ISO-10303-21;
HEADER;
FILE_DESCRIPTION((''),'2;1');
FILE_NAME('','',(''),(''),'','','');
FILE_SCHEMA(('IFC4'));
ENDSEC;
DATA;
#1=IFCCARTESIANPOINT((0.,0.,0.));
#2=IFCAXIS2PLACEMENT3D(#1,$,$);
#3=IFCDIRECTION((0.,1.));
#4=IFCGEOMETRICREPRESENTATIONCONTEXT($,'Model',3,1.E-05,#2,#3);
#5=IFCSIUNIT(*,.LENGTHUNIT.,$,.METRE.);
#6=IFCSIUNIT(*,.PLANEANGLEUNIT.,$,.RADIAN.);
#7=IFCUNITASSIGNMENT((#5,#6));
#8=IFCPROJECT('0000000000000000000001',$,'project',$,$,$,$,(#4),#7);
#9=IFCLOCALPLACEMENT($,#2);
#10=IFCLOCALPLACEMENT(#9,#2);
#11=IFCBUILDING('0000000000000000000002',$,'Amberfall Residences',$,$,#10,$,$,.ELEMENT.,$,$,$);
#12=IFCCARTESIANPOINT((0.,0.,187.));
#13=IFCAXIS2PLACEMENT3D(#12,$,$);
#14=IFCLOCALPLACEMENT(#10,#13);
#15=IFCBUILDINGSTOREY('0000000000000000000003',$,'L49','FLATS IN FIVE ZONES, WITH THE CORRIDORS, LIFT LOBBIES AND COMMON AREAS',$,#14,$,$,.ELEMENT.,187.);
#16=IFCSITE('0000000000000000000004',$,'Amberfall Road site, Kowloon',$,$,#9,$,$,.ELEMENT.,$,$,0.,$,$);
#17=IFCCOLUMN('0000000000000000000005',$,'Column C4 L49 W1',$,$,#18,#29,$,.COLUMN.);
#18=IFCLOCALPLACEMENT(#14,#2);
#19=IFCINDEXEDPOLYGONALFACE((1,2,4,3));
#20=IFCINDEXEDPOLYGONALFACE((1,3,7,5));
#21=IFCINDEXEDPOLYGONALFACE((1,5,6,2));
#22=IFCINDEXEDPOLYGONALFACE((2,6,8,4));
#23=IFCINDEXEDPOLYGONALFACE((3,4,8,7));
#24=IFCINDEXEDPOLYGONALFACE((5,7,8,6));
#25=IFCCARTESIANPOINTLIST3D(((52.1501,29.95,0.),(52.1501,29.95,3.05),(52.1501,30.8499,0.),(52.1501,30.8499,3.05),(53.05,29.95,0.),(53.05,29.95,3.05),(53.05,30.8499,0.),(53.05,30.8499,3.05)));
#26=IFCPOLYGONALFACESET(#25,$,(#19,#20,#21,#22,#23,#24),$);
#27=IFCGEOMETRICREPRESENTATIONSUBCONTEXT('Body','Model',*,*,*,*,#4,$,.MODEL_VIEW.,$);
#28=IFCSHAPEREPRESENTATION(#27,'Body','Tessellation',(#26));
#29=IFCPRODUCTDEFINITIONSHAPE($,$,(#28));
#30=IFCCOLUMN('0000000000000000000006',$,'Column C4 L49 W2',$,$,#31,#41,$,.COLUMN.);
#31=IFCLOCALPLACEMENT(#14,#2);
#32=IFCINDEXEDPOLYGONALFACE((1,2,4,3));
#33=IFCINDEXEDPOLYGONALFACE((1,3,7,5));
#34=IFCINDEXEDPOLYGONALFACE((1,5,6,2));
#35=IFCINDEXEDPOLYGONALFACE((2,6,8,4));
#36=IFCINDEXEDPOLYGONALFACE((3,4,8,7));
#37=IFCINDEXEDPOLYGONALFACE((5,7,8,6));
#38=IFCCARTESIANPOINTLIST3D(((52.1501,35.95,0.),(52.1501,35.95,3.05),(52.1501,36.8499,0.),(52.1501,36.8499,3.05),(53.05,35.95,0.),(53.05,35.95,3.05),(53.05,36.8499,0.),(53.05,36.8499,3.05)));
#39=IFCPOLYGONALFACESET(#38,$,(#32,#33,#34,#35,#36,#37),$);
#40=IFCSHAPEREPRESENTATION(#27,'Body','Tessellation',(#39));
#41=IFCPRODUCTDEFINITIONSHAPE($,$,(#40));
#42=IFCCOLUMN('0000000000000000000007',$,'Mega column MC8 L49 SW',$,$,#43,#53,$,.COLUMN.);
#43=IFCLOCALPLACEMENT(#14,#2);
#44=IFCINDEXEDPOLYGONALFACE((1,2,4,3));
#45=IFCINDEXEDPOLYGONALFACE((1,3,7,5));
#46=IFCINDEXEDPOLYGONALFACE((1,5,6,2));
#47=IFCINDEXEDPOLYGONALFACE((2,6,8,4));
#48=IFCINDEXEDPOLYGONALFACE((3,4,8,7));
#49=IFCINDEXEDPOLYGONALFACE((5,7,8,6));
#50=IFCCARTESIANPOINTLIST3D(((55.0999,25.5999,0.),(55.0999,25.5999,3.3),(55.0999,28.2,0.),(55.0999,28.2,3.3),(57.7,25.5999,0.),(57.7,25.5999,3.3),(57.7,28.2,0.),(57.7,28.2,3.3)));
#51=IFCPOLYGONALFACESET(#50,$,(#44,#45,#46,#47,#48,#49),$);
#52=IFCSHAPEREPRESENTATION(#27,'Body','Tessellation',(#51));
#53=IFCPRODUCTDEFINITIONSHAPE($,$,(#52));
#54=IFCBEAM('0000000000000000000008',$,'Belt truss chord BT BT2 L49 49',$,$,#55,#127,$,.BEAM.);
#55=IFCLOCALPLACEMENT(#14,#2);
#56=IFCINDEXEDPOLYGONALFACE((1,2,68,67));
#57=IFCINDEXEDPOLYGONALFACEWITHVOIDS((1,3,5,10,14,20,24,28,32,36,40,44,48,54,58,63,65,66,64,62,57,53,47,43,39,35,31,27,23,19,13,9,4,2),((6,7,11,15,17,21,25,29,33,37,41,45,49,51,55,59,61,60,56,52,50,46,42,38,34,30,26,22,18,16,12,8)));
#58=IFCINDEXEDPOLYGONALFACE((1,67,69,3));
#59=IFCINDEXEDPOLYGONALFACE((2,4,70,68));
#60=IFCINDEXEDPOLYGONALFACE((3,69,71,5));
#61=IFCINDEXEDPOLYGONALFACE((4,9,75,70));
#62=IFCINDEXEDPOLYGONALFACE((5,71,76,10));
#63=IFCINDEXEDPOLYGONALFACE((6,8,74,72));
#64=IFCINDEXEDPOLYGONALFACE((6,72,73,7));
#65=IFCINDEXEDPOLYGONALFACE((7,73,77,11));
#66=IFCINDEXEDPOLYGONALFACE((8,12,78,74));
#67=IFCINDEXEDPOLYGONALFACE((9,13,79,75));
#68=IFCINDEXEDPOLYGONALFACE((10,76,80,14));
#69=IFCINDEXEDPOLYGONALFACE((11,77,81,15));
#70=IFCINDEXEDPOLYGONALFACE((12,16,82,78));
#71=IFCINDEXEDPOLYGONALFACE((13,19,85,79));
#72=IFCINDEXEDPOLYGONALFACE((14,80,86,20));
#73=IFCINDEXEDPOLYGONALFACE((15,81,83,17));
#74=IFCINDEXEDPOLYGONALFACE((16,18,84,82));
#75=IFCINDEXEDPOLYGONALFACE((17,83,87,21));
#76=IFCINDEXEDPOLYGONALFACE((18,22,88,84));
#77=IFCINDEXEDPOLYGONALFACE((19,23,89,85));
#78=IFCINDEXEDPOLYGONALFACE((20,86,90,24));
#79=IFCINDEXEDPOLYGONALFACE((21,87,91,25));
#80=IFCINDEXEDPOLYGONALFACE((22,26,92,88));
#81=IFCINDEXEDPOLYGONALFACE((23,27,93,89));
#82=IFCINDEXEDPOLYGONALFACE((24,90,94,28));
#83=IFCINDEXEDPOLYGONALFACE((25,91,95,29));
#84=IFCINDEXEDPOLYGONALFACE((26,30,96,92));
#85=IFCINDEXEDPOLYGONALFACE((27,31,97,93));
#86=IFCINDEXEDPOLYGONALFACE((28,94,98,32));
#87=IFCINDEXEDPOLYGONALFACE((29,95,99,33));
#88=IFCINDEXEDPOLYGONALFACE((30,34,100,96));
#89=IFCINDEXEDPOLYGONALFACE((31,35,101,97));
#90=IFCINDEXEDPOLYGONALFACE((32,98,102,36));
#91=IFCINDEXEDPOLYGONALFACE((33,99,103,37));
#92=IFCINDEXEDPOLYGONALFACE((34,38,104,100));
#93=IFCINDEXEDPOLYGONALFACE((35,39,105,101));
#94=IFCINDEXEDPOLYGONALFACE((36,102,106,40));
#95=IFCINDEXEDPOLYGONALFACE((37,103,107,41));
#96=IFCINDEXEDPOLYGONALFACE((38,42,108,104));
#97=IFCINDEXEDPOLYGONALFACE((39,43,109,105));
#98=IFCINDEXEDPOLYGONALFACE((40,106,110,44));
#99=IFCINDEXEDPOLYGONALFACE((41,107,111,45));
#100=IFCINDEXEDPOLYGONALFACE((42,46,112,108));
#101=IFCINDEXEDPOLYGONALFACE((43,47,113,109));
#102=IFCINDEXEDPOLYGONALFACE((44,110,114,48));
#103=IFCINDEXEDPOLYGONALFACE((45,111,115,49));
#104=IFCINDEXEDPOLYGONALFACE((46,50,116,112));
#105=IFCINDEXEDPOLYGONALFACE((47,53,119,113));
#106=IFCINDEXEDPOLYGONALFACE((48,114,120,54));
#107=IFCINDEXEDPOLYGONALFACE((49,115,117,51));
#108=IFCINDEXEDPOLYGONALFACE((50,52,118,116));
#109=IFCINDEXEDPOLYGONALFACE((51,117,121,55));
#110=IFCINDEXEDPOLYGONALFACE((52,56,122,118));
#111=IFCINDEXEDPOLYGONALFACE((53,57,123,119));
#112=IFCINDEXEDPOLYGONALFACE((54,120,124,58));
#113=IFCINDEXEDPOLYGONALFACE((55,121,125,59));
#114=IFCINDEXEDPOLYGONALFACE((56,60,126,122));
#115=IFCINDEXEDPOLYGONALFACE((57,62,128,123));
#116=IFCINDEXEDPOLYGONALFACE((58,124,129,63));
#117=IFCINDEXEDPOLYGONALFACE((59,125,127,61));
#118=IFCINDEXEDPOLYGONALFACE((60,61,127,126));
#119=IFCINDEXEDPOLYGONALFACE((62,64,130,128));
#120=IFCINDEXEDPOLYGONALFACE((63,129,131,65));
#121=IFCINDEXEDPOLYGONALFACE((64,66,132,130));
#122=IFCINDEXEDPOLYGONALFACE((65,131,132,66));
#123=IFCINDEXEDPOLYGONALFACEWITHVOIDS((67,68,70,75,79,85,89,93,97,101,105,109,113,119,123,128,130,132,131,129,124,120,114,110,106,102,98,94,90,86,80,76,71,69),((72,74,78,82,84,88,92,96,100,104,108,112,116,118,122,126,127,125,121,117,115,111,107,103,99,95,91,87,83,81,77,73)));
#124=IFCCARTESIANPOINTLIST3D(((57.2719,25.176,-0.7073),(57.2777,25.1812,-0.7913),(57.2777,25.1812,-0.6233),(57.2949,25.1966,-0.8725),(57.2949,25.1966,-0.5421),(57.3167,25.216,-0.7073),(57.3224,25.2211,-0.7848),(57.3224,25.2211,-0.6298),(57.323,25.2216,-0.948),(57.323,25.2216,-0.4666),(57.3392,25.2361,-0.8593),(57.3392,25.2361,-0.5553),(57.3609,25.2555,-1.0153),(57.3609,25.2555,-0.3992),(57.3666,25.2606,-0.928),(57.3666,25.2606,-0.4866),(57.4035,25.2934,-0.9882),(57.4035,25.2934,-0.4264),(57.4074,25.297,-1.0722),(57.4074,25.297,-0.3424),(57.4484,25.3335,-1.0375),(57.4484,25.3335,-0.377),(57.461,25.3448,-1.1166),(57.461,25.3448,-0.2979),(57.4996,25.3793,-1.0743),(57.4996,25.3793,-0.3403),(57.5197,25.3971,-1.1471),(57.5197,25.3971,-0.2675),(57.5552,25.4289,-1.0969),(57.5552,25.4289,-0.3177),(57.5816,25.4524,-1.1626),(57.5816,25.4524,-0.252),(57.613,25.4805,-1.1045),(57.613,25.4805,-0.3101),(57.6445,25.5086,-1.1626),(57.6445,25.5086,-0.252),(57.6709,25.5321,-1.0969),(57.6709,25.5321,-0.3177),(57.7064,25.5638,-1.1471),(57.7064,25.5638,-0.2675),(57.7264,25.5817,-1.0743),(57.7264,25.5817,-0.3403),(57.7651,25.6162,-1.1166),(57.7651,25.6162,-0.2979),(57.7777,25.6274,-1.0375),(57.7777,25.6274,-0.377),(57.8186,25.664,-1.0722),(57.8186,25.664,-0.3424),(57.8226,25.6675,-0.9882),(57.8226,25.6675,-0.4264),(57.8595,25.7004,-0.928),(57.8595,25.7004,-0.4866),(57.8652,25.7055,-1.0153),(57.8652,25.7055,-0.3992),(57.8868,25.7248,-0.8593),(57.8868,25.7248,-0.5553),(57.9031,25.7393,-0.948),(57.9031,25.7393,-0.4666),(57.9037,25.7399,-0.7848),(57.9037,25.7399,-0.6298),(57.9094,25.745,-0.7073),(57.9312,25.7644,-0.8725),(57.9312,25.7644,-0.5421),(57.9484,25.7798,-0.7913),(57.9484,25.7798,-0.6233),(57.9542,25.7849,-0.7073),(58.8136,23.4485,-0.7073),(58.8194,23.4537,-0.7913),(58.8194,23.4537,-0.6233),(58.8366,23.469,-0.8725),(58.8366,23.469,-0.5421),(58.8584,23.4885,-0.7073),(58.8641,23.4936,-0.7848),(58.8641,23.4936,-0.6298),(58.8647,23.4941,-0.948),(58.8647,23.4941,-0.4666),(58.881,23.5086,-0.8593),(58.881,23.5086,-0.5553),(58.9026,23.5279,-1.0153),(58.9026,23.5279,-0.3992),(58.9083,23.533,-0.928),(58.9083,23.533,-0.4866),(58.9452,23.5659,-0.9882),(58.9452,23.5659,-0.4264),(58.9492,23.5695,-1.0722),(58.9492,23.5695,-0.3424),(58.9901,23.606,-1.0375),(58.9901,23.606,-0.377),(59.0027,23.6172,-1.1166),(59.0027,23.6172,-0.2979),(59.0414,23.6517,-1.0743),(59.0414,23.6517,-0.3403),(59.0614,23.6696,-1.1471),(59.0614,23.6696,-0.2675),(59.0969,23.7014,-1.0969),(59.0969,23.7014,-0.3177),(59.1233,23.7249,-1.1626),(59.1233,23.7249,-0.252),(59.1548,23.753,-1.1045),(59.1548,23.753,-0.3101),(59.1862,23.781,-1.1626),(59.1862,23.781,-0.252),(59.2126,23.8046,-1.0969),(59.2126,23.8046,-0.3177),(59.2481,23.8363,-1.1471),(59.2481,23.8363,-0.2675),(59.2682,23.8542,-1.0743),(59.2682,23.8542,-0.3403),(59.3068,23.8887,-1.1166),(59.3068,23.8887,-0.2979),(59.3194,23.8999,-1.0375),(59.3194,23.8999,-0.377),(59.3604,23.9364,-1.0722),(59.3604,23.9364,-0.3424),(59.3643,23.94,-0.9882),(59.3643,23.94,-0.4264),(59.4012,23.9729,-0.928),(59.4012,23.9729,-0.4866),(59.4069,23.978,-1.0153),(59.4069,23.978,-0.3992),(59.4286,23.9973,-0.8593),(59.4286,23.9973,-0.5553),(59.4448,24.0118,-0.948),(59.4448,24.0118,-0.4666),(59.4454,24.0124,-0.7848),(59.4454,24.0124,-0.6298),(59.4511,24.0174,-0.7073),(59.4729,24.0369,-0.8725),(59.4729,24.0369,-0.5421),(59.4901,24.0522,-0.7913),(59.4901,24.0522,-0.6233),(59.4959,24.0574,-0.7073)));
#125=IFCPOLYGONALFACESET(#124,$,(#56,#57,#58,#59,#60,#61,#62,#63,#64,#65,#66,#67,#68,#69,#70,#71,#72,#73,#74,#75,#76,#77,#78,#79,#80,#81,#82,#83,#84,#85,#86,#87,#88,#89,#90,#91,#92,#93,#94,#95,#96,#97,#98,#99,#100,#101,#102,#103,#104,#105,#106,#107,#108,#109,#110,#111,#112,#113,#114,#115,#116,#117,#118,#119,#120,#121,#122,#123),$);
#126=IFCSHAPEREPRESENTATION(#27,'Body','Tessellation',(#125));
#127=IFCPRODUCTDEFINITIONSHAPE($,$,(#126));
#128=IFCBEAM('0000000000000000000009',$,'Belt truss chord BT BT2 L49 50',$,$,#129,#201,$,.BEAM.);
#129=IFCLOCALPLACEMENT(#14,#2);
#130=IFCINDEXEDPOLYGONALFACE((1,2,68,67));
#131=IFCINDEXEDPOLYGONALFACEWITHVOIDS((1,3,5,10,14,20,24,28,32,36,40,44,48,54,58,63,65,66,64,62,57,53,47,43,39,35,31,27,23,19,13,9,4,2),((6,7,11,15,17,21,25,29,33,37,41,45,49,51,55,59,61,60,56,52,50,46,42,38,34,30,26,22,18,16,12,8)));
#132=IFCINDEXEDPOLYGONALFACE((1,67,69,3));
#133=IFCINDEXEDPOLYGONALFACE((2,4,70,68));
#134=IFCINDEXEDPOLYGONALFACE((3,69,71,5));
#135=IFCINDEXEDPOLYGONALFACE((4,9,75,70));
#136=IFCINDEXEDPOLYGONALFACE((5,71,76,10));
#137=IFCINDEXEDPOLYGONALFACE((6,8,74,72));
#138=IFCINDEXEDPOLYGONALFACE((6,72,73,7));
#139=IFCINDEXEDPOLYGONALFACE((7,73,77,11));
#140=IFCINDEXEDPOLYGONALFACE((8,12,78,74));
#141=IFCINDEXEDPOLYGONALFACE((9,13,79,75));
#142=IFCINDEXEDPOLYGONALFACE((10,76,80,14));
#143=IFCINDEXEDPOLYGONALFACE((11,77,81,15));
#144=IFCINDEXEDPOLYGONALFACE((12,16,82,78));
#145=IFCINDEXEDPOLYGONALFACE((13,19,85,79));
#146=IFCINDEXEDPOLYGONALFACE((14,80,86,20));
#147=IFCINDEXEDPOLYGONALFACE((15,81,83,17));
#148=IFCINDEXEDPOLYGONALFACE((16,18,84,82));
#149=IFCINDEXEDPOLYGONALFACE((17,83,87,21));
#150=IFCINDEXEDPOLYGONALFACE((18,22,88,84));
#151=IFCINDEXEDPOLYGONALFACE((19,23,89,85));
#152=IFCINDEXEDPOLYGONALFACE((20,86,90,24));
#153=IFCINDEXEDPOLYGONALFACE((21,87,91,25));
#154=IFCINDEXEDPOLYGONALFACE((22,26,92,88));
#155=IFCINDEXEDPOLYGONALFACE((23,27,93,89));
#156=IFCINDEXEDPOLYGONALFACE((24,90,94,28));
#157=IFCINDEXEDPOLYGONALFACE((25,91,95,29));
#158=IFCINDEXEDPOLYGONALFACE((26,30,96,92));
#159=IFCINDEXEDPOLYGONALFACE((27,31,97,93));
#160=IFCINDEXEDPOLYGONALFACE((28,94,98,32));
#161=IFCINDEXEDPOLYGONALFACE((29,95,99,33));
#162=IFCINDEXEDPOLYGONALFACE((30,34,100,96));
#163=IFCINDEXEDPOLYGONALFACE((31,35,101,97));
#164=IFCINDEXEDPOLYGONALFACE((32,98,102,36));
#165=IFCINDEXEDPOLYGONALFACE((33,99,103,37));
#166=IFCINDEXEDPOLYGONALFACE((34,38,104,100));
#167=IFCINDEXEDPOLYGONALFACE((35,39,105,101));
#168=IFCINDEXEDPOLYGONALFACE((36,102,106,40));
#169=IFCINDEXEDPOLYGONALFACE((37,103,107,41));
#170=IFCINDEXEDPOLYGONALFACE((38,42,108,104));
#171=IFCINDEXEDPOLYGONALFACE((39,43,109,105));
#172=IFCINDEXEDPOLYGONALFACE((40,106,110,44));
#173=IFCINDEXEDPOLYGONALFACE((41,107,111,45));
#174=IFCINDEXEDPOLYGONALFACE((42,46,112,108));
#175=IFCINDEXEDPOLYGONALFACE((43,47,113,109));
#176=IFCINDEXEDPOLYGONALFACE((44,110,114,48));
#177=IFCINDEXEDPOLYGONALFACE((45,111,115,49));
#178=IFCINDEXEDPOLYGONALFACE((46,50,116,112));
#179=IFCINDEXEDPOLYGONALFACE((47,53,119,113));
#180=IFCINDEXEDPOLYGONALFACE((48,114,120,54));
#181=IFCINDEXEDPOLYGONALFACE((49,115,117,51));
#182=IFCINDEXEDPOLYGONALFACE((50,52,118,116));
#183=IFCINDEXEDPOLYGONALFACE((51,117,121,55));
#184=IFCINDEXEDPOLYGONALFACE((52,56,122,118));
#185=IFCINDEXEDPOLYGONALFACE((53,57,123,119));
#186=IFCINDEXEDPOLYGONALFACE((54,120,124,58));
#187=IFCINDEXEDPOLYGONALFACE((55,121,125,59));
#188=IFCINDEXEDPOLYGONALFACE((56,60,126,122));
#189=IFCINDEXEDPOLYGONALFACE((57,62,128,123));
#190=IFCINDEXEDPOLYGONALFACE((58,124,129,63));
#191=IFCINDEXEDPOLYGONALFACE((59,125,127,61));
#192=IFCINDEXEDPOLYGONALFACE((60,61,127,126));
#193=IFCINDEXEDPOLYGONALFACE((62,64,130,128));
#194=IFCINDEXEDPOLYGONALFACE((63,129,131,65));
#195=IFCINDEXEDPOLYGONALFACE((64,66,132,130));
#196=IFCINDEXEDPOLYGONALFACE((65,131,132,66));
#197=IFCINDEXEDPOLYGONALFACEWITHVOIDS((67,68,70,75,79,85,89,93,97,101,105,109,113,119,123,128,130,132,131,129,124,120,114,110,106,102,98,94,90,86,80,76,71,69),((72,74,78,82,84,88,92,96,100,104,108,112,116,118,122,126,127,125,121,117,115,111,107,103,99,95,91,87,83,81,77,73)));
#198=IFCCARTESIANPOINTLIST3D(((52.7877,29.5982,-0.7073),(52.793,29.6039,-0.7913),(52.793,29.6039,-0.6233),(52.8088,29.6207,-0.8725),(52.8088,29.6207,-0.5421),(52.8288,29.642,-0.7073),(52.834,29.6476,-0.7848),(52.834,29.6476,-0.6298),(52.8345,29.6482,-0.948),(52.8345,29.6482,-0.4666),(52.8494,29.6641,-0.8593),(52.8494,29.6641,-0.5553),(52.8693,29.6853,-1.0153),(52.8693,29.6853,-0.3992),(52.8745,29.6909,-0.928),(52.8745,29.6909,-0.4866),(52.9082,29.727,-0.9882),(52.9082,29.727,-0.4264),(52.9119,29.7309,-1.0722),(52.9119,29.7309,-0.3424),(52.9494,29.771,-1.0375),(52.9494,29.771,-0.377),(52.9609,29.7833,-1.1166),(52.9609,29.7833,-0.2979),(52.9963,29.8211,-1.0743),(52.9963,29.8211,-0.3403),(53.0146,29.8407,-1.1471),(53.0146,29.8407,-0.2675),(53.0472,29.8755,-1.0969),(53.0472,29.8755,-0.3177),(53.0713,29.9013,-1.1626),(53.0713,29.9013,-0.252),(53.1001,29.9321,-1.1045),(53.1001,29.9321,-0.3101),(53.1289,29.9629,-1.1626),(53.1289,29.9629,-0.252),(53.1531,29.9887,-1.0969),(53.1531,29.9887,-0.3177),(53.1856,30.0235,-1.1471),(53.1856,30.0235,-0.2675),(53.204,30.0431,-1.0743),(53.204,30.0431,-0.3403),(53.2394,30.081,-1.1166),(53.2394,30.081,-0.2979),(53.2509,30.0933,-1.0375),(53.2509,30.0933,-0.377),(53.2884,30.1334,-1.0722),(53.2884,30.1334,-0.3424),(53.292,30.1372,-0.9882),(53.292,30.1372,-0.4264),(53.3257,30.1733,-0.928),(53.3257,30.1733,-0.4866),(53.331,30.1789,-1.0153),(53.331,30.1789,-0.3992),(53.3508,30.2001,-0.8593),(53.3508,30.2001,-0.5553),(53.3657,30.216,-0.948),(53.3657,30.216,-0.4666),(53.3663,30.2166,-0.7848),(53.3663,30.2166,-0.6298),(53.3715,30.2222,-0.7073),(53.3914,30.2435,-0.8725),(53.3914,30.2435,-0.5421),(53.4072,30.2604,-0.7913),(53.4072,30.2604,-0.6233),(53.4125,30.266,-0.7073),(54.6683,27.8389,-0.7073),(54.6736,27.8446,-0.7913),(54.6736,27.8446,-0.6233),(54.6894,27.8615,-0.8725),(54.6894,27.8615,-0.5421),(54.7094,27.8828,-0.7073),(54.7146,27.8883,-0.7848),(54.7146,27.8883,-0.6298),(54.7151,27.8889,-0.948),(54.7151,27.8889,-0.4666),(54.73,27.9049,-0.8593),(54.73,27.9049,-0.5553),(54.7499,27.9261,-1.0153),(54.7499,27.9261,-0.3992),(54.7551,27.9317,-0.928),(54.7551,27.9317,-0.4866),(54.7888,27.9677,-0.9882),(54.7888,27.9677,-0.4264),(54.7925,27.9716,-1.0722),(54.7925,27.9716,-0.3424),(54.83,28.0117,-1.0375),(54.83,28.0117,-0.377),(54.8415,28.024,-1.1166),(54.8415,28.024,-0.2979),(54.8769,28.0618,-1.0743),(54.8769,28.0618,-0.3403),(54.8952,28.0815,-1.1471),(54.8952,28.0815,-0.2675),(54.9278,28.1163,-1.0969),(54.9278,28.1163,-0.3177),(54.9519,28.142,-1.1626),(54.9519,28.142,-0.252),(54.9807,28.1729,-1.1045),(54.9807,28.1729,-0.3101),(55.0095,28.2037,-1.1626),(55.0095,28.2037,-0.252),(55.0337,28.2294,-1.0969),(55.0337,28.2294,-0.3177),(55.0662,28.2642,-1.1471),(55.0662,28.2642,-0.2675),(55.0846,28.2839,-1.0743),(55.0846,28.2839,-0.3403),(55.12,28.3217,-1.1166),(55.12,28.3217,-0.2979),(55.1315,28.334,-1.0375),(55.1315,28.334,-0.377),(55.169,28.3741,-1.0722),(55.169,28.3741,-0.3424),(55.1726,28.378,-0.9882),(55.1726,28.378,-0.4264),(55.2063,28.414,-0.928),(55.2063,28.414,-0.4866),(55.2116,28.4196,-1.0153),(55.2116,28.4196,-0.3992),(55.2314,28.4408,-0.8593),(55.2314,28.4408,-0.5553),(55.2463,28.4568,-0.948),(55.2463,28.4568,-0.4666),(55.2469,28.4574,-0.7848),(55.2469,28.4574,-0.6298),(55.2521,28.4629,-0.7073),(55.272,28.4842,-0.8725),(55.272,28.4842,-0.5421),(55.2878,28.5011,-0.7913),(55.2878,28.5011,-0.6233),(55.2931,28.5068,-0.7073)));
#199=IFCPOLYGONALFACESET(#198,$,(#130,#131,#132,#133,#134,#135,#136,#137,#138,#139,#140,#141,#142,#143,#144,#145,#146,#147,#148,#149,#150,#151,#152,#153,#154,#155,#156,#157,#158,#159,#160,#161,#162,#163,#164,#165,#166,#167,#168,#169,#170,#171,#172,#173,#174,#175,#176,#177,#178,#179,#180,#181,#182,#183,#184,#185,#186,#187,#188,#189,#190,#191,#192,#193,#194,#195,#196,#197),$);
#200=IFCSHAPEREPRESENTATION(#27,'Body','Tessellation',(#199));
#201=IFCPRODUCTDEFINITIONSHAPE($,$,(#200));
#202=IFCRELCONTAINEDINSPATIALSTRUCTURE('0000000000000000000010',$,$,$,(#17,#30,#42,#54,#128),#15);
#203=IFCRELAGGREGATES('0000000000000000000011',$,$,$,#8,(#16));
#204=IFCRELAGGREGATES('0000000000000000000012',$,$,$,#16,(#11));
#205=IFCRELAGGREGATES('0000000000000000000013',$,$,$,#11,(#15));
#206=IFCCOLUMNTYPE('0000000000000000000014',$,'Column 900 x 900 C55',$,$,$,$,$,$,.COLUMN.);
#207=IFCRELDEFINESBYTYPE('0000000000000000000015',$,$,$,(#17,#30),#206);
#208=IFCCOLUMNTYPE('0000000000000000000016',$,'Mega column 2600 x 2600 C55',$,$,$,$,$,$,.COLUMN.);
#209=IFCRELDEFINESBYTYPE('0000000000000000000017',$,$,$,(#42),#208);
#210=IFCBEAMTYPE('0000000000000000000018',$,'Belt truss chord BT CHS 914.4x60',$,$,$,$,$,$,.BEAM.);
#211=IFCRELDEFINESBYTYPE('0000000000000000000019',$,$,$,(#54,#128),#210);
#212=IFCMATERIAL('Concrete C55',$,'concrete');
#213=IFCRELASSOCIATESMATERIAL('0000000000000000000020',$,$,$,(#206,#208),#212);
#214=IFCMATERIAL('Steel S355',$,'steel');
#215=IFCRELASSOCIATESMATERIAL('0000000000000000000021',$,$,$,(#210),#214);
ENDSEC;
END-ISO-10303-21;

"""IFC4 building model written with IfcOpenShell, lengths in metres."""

from ifc_helpers import new_model, si_unit, direction, frame, origin, origin_2d, place, context, subcontext, project, spatial, rectangle, hollow_circle, extrude, material, material_profile, profile_set, type_object, element, save


model = new_model("IFC4")

# Units and contexts
model_context = context("Model", 3, precision=1e-05, world=origin(), true_north=direction((0.0, 1.0)))
body_context = subcontext(model_context, "Body", "Model", "MODEL_VIEW")
ifc_project = project(units=[si_unit("LENGTHUNIT", "METRE"), si_unit("PLANEANGLEUNIT", "RADIAN")], contexts=[model_context])

# Site, building, storey
site_placement = place(None, origin())
site = spatial("IfcSite", under=ifc_project, at=site_placement, Name="Amberfall Road site, Kowloon", CompositionType="ELEMENT", RefElevation=0.0)
building_placement = place(site_placement, origin())
building = spatial("IfcBuilding", under=site, at=building_placement, Name="Amberfall Residences", CompositionType="ELEMENT")
storey_placement = place(building_placement, frame((0.0, 0.0, 187.0)))
storey = spatial("IfcBuildingStorey", under=building, at=storey_placement, Name="L49", Description="FLATS IN FIVE ZONES, WITH THE CORRIDORS, LIFT LOBBIES AND COMMON AREAS", CompositionType="ELEMENT", Elevation=187.0)

# Columns
ifc_material_1 = material(Name="Concrete C55", Category="concrete")
ifc_material_profile_1 = material_profile(ifc_material_1, rectangle(XDim=0.8999, YDim=0.8999, at=origin_2d()), Name="Column 900 x 900 C55")
ifc_profile_set_1 = profile_set([ifc_material_profile_1], Name="Concrete C55")
column_type_1 = type_object("IfcColumnType", Name="Column 900 x 900 C55", PredefinedType="COLUMN", material=ifc_profile_set_1)
for number, where, z_axis, x_axis, name in (
    (1, (52.6001, 30.3999, 0.0), (0.0, 0.0, 1.0), (1.0, 0.0, 0.0), "Column C4 L49 W1"),
    (2, (52.6001, 36.3999, 0.0), (0.0, 0.0, 1.0), (1.0, 0.0, 0.0), "Column C4 L49 W2"),
):
    element("IfcColumn", number, at=place(storey_placement, frame(where, z_axis=z_axis, x_axis=x_axis)), inside=storey, type_object=column_type_1, Name=name, PredefinedType="COLUMN", context=body_context, shape_type="SweptSolid", body=[
        extrude(rectangle(XDim=0.8999, YDim=0.8999, at=origin_2d()), origin(), (0.0, 0.0, 1.0), 3.05),
    ])
ifc_material_profile_2 = material_profile(ifc_material_1, rectangle(XDim=2.6001, YDim=2.6001, at=origin_2d()), Name="Mega column 2600 x 2600 C55")
ifc_profile_set_2 = profile_set([ifc_material_profile_2], Name="Concrete C55")
column_type_2 = type_object("IfcColumnType", Name="Mega column 2600 x 2600 C55", PredefinedType="COLUMN", material=ifc_profile_set_2)
column_placement = place(storey_placement, frame((56.3999, 26.8999, 0.0), z_axis=(0.0, 0.0, 1.0), x_axis=(1.0, 0.0, 0.0)))
element("IfcColumn", 3, at=column_placement, inside=storey, type_object=column_type_2, Name="Mega column MC8 L49 SW", PredefinedType="COLUMN", context=body_context, shape_type="SweptSolid", body=[
    extrude(rectangle(XDim=2.6001, YDim=2.6001, at=origin_2d()), origin(), (0.0, 0.0, 1.0), 3.3),
])

# Beams
ifc_material_2 = material(Name="Steel S355", Category="steel")
ifc_material_profile_3 = material_profile(ifc_material_2, hollow_circle(Radius=0.4573, WallThickness=0.0601, at=origin_2d()), Name="CHS 914.4x60")
ifc_profile_set_3 = profile_set([ifc_material_profile_3], Name="Steel S355")
beam_type_1 = type_object("IfcBeamType", Name="Belt truss chord BT CHS 914.4x60", PredefinedType="BEAM", material=ifc_profile_set_3)
beam_1_placement = place(storey_placement, frame((57.613, 25.4805, -0.7073), z_axis=(0.665848, -0.746087, 0.0), x_axis=(0.746087, 0.665848, 0.0)))
element("IfcBeam", 4, at=beam_1_placement, inside=storey, type_object=beam_type_1, Name="Belt truss chord BT BT2 L49 49", PredefinedType="BEAM", context=body_context, shape_type="SweptSolid", body=[
    extrude(hollow_circle(Radius=0.4573, WallThickness=0.0601, at=origin_2d()), origin(), (0.0, 0.0, 1.0), 2.3154),
])
beam_2_placement = place(storey_placement, frame((54.9807, 28.1729, -0.7073), z_axis=(-0.730273, 0.683155, 0.0), x_axis=(-0.683155, -0.730273, 0.0)))
element("IfcBeam", 5, at=beam_2_placement, inside=storey, type_object=beam_type_1, Name="Belt truss chord BT BT2 L49 50", PredefinedType="BEAM", context=body_context, shape_type="SweptSolid", body=[
    extrude(hollow_circle(Radius=0.4573, WallThickness=0.0601, at=origin_2d()), origin(), (0.0, 0.0, 1.0), 2.5752),
])

save(model, "model.ifc")
